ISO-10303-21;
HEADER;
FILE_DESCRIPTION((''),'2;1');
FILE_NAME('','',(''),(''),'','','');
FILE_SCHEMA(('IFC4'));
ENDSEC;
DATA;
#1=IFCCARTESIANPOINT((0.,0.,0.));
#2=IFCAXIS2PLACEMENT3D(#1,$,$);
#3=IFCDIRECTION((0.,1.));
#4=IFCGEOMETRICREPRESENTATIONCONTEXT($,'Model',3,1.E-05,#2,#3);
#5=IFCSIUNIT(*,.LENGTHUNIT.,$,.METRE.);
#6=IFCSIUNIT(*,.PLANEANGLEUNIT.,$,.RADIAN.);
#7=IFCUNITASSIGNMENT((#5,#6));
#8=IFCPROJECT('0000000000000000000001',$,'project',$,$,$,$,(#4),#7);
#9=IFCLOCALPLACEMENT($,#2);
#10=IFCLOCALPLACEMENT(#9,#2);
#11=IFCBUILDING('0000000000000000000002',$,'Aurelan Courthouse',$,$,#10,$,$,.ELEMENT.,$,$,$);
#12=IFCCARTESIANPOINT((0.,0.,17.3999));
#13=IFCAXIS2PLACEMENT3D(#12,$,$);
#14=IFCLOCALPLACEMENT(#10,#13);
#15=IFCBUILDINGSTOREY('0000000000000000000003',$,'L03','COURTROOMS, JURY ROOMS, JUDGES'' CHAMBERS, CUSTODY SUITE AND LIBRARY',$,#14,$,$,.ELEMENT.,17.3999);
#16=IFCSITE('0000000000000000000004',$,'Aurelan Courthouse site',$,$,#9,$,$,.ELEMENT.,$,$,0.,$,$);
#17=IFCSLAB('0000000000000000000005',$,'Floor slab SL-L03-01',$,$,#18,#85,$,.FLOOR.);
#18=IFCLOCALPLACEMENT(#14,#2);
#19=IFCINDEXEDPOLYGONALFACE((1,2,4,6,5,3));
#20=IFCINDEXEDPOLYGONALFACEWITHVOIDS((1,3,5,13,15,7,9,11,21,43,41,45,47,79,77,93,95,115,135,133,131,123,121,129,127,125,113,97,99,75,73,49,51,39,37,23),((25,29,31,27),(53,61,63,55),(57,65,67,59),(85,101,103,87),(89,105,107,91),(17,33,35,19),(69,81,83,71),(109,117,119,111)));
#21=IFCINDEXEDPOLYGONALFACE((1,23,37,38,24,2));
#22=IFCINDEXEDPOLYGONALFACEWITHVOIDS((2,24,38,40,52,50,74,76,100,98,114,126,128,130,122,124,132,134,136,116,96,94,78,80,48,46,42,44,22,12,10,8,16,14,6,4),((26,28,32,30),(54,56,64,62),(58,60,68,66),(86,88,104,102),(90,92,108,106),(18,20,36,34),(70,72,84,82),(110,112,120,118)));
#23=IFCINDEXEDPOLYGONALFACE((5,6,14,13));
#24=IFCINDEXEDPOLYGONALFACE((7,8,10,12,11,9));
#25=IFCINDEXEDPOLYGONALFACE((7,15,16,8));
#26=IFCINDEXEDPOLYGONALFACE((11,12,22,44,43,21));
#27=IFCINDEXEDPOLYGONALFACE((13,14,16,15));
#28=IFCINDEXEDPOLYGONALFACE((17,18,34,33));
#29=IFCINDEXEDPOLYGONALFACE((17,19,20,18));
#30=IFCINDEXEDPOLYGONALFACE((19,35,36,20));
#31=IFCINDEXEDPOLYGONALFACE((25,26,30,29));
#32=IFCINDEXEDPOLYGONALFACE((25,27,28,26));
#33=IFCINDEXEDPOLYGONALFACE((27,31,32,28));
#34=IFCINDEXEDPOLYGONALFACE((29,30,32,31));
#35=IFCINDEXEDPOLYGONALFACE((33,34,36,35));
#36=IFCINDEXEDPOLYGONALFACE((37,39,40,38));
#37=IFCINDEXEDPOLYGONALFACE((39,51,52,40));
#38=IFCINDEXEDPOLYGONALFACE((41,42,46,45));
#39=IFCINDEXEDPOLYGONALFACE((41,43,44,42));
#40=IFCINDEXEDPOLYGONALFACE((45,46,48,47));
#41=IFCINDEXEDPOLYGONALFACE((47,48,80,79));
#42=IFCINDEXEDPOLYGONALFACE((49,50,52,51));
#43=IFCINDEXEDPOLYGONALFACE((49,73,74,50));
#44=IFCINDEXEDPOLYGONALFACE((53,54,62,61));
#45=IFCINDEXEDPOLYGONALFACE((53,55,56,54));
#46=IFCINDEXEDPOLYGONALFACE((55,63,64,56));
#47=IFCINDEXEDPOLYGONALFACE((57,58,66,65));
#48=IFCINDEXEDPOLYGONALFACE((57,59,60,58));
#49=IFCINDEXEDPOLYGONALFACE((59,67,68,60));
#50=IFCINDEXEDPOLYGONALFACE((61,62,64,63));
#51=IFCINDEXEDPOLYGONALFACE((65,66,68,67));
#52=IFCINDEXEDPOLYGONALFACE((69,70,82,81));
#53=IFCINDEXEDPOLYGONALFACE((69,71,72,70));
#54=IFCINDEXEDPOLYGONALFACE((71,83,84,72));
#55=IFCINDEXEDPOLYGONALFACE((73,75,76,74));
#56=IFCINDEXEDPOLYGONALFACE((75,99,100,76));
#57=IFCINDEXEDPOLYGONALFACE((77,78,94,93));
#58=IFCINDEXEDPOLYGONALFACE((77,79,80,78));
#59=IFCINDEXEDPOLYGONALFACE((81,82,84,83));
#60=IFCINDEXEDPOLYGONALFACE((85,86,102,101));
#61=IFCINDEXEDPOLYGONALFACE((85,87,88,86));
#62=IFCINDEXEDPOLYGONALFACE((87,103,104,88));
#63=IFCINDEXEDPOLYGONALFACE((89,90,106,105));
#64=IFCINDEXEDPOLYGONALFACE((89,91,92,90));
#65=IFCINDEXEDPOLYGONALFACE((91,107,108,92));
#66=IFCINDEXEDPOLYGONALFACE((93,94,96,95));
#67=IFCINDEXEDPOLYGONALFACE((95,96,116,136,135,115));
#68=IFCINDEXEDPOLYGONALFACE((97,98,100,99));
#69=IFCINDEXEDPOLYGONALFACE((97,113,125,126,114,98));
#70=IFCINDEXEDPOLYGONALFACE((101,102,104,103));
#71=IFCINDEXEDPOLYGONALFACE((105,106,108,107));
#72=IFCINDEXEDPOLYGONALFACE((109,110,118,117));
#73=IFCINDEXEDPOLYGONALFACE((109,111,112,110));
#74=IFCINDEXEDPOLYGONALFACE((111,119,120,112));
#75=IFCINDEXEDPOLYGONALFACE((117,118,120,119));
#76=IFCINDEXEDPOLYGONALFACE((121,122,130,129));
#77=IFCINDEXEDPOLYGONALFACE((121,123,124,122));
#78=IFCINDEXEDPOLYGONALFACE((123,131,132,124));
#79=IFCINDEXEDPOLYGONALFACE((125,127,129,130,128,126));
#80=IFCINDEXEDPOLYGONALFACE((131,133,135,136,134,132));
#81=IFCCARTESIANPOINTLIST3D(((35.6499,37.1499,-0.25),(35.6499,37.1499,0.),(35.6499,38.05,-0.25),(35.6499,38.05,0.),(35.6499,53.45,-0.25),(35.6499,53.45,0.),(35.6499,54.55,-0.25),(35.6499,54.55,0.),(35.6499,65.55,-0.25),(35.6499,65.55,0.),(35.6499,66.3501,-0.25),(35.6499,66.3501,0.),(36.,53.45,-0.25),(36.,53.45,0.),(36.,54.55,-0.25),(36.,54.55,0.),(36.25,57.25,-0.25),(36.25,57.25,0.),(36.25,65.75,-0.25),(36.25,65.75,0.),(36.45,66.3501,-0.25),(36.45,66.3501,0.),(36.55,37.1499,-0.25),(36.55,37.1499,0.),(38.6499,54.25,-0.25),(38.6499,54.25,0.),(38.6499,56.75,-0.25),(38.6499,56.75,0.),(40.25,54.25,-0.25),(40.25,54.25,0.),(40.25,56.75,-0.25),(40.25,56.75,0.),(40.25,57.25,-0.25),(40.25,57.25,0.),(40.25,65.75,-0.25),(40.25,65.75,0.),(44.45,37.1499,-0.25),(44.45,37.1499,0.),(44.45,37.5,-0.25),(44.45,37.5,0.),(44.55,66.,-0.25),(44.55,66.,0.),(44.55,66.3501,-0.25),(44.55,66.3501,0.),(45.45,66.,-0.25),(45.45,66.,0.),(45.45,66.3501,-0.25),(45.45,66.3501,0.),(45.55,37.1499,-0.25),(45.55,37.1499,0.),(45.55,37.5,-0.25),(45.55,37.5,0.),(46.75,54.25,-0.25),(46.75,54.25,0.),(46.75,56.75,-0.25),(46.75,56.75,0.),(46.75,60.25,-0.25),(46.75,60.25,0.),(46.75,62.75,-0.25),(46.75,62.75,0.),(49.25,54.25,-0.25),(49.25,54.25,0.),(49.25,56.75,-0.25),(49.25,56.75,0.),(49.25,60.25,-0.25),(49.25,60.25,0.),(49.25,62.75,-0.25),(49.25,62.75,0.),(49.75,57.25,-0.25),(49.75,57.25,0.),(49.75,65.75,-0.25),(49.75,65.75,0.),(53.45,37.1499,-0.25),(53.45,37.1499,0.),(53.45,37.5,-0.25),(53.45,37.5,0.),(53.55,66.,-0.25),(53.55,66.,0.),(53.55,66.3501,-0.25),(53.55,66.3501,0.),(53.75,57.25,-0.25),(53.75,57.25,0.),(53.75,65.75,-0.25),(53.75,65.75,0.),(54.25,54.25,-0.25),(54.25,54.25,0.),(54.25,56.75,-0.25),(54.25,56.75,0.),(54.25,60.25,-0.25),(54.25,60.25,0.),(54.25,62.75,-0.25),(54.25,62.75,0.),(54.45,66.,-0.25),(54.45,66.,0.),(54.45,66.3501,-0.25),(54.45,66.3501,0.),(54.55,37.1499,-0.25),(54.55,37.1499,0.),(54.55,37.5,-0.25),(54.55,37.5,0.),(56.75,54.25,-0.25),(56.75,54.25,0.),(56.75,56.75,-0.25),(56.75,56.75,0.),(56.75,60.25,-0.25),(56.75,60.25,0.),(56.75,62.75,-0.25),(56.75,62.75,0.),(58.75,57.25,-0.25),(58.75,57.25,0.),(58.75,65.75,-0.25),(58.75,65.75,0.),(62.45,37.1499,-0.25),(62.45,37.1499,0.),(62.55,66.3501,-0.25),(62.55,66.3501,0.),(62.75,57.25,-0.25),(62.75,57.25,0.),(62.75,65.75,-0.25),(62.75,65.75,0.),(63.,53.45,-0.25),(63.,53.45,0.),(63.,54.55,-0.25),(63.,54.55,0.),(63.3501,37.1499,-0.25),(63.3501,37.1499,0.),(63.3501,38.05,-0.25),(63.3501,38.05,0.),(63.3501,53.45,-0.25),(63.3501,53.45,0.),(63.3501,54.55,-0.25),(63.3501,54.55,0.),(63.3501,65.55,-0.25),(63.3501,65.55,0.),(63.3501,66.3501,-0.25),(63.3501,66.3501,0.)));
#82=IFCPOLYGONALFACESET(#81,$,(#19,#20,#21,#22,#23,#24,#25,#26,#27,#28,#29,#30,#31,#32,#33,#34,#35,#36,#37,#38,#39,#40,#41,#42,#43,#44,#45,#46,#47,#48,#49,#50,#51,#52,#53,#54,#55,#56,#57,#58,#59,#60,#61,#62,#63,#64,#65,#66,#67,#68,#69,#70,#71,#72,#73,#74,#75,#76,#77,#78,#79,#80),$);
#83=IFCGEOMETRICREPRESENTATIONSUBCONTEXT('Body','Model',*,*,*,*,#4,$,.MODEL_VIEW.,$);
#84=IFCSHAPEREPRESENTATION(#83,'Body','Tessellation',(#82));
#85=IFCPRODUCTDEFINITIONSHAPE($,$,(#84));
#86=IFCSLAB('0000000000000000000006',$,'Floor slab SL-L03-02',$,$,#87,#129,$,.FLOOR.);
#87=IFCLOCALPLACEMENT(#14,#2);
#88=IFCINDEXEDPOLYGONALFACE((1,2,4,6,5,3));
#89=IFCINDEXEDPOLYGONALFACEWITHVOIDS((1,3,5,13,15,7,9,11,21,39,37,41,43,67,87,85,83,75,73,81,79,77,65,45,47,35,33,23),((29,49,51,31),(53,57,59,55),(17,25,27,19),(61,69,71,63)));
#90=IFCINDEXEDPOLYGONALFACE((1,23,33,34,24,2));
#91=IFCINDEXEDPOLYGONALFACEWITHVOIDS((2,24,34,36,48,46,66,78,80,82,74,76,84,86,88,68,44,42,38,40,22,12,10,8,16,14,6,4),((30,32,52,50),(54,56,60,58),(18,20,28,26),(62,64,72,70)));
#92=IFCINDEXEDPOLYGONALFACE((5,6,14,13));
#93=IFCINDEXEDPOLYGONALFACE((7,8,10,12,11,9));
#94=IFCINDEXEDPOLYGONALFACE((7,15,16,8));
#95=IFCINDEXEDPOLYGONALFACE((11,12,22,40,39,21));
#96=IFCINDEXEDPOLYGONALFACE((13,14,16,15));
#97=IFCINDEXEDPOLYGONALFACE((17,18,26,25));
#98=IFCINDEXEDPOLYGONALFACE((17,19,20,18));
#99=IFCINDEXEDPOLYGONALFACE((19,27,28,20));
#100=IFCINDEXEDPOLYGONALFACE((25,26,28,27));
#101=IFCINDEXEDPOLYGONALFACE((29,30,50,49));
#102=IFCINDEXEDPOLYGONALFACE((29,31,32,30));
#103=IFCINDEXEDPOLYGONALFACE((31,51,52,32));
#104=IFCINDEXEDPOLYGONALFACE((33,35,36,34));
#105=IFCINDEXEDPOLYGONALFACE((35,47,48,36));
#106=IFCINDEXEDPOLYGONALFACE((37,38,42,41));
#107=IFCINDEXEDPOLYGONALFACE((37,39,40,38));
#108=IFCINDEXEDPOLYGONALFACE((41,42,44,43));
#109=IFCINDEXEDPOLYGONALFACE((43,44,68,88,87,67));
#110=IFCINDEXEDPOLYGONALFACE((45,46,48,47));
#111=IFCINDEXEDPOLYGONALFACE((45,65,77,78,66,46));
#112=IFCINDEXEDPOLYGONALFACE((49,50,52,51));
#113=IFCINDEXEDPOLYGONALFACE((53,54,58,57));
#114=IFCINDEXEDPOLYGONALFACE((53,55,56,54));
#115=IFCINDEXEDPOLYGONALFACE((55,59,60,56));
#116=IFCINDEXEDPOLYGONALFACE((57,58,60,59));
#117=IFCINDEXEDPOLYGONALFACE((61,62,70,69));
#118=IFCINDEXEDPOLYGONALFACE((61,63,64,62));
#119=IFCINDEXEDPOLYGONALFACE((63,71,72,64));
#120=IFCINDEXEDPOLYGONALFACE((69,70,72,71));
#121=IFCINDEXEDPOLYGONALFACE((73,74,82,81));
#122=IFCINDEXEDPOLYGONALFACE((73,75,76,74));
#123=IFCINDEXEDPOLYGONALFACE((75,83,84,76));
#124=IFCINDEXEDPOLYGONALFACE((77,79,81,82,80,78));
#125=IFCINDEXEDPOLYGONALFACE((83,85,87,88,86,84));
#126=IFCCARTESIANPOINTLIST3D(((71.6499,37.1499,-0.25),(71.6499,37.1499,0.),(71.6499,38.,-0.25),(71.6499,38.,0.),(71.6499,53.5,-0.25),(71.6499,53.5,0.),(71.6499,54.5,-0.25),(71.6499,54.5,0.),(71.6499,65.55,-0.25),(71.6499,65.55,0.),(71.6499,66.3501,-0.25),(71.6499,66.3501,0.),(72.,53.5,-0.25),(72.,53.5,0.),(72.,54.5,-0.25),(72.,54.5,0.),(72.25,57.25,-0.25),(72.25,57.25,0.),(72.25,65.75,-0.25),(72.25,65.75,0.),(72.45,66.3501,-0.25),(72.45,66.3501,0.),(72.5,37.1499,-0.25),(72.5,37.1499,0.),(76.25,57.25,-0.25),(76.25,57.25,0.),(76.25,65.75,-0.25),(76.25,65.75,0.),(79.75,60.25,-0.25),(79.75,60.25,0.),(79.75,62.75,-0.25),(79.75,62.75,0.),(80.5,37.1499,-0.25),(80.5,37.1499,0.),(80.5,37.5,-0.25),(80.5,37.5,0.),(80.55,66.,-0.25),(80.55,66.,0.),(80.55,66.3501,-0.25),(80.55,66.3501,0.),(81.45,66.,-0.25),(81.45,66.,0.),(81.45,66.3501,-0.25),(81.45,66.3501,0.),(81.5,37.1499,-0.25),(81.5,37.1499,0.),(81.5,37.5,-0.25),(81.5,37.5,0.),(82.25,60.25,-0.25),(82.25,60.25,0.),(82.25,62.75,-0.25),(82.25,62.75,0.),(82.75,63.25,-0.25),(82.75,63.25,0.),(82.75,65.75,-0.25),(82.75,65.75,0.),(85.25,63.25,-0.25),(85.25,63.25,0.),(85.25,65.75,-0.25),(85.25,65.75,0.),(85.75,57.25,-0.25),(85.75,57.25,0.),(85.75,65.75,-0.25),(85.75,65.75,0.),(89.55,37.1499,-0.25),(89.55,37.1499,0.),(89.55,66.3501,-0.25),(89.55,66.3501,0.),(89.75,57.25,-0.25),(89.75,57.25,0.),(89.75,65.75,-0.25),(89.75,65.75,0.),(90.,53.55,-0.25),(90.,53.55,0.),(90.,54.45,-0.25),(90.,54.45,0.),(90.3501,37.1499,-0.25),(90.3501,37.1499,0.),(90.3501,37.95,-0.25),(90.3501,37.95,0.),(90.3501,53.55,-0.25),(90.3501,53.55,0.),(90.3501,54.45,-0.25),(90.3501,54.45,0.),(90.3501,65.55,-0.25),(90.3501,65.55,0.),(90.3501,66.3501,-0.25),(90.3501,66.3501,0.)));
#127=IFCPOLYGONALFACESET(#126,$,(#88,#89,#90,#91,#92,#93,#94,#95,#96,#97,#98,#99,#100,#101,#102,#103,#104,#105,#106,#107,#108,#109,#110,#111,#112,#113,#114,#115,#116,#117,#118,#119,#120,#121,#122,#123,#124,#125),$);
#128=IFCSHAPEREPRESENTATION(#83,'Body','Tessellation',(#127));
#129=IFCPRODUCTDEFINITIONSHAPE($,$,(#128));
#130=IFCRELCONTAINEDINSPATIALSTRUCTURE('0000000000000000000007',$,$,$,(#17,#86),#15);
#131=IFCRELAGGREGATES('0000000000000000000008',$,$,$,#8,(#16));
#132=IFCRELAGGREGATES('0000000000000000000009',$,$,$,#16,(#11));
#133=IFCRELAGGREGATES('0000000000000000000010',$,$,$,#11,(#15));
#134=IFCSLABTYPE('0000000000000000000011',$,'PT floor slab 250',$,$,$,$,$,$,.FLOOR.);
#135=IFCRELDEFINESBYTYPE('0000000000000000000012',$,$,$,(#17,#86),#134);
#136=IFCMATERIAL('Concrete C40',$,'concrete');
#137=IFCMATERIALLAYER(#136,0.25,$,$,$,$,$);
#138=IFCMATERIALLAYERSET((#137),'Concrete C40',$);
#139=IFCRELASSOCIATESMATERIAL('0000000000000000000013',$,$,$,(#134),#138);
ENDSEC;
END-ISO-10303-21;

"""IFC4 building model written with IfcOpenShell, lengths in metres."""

from ifc_helpers import new_model, si_unit, direction, frame, origin, place, context, subcontext, project, spatial, polyline, outline, extrude, material, layer, layer_set, type_object, element, save


model = new_model("IFC4")

# Units and contexts
model_context = context("Model", 3, precision=1e-05, world=origin(), true_north=direction((0.0, 1.0)))
body_context = subcontext(model_context, "Body", "Model", "MODEL_VIEW")
ifc_project = project(units=[si_unit("LENGTHUNIT", "METRE"), si_unit("PLANEANGLEUNIT", "RADIAN")], contexts=[model_context])

# Site, building, storey
site_placement = place(None, origin())
site = spatial("IfcSite", under=ifc_project, at=site_placement, Name="Aurelan Courthouse site", CompositionType="ELEMENT", RefElevation=0.0)
building_placement = place(site_placement, origin())
building = spatial("IfcBuilding", under=site, at=building_placement, Name="Aurelan Courthouse", CompositionType="ELEMENT")
storey_placement = place(building_placement, frame((0.0, 0.0, 17.3999)))
storey = spatial("IfcBuildingStorey", under=building, at=storey_placement, Name="L03", Description="COURTROOMS, JURY ROOMS, JUDGES' CHAMBERS, CUSTODY SUITE AND LIBRARY", CompositionType="ELEMENT", Elevation=17.3999)

# Slabs
ifc_material_1 = material(Name="Concrete C40", Category="concrete")
ifc_layer_1 = layer(ifc_material_1, 0.25)
ifc_layer_set_1 = layer_set([ifc_layer_1], Name="Concrete C40")
slab_type_1 = type_object("IfcSlabType", Name="PT floor slab 250", PredefinedType="FLOOR", material=ifc_layer_set_1)
slab_1_placement = place(storey_placement, frame((0.0, 0.0, -0.25)))
element("IfcSlab", 1, at=slab_1_placement, inside=storey, type_object=slab_type_1, Name="Floor slab SL-L03-01", PredefinedType="FLOOR", context=body_context, shape_type="SweptSolid", body=[
    extrude(outline(polyline([(35.6499, 66.3501), (35.6499, 65.55), (35.6499, 54.55), (36.0, 54.55), (36.0, 53.45), (35.6499, 53.45), (35.6499, 38.05), (35.6499, 37.1499), (36.55, 37.1499), (44.45, 37.1499), (44.45, 37.5), (45.55, 37.5), (45.55, 37.1499), (53.45, 37.1499), (53.45, 37.5), (54.55, 37.5), (54.55, 37.1499), (62.45, 37.1499), (63.3501, 37.1499), (63.3501, 38.05), (63.3501, 53.45), (63.0, 53.45), (63.0, 54.55), (63.3501, 54.55), (63.3501, 65.55), (63.3501, 66.3501), (62.55, 66.3501), (54.45, 66.3501), (54.45, 66.0), (53.55, 66.0), (53.55, 66.3501), (45.45, 66.3501), (45.45, 66.0), (44.55, 66.0), (44.55, 66.3501), (36.45, 66.3501), (35.6499, 66.3501)]), holes=[polyline([(58.75, 65.75), (62.75, 65.75), (62.75, 57.25), (58.75, 57.25), (58.75, 65.75)]), polyline([(56.75, 56.75), (56.75, 54.25), (54.25, 54.25), (54.25, 56.75), (56.75, 56.75)]), polyline([(56.75, 60.25), (54.25, 60.25), (54.25, 62.75), (56.75, 62.75), (56.75, 60.25)]), polyline([(49.75, 57.25), (49.75, 65.75), (53.75, 65.75), (53.75, 57.25), (49.75, 57.25)]), polyline([(46.75, 56.75), (49.25, 56.75), (49.25, 54.25), (46.75, 54.25), (46.75, 56.75)]), polyline([(46.75, 60.25), (46.75, 62.75), (49.25, 62.75), (49.25, 60.25), (46.75, 60.25)]), polyline([(40.25, 56.75), (40.25, 54.25), (38.6499, 54.25), (38.6499, 56.75), (40.25, 56.75)]), polyline([(40.25, 57.25), (36.25, 57.25), (36.25, 65.75), (40.25, 65.75), (40.25, 57.25)])]), origin(), (0.0, 0.0, 1.0), 0.25),
])
slab_2_placement = place(storey_placement, frame((0.0, 0.0, -0.25)))
element("IfcSlab", 2, at=slab_2_placement, inside=storey, type_object=slab_type_1, Name="Floor slab SL-L03-02", PredefinedType="FLOOR", context=body_context, shape_type="SweptSolid", body=[
    extrude(outline(polyline([(72.0, 53.5), (71.6499, 53.5), (71.6499, 38.0), (71.6499, 37.1499), (72.5, 37.1499), (80.5, 37.1499), (80.5, 37.5), (81.5, 37.5), (81.5, 37.1499), (89.55, 37.1499), (90.3501, 37.1499), (90.3501, 37.95), (90.3501, 53.55), (90.0, 53.55), (90.0, 54.45), (90.3501, 54.45), (90.3501, 65.55), (90.3501, 66.3501), (89.55, 66.3501), (81.45, 66.3501), (81.45, 66.0), (80.55, 66.0), (80.55, 66.3501), (72.45, 66.3501), (71.6499, 66.3501), (71.6499, 65.55), (71.6499, 54.5), (72.0, 54.5), (72.0, 53.5)]), holes=[polyline([(85.75, 57.25), (85.75, 65.75), (89.75, 65.75), (89.75, 57.25), (85.75, 57.25)]), polyline([(82.75, 65.75), (85.25, 65.75), (85.25, 63.25), (82.75, 63.25), (82.75, 65.75)]), polyline([(82.25, 62.75), (82.25, 60.25), (79.75, 60.25), (79.75, 62.75), (82.25, 62.75)]), polyline([(76.25, 57.25), (72.25, 57.25), (72.25, 65.75), (76.25, 65.75), (76.25, 57.25)])]), origin(), (0.0, 0.0, 1.0), 0.25),
])

save(model, "model.ifc")
